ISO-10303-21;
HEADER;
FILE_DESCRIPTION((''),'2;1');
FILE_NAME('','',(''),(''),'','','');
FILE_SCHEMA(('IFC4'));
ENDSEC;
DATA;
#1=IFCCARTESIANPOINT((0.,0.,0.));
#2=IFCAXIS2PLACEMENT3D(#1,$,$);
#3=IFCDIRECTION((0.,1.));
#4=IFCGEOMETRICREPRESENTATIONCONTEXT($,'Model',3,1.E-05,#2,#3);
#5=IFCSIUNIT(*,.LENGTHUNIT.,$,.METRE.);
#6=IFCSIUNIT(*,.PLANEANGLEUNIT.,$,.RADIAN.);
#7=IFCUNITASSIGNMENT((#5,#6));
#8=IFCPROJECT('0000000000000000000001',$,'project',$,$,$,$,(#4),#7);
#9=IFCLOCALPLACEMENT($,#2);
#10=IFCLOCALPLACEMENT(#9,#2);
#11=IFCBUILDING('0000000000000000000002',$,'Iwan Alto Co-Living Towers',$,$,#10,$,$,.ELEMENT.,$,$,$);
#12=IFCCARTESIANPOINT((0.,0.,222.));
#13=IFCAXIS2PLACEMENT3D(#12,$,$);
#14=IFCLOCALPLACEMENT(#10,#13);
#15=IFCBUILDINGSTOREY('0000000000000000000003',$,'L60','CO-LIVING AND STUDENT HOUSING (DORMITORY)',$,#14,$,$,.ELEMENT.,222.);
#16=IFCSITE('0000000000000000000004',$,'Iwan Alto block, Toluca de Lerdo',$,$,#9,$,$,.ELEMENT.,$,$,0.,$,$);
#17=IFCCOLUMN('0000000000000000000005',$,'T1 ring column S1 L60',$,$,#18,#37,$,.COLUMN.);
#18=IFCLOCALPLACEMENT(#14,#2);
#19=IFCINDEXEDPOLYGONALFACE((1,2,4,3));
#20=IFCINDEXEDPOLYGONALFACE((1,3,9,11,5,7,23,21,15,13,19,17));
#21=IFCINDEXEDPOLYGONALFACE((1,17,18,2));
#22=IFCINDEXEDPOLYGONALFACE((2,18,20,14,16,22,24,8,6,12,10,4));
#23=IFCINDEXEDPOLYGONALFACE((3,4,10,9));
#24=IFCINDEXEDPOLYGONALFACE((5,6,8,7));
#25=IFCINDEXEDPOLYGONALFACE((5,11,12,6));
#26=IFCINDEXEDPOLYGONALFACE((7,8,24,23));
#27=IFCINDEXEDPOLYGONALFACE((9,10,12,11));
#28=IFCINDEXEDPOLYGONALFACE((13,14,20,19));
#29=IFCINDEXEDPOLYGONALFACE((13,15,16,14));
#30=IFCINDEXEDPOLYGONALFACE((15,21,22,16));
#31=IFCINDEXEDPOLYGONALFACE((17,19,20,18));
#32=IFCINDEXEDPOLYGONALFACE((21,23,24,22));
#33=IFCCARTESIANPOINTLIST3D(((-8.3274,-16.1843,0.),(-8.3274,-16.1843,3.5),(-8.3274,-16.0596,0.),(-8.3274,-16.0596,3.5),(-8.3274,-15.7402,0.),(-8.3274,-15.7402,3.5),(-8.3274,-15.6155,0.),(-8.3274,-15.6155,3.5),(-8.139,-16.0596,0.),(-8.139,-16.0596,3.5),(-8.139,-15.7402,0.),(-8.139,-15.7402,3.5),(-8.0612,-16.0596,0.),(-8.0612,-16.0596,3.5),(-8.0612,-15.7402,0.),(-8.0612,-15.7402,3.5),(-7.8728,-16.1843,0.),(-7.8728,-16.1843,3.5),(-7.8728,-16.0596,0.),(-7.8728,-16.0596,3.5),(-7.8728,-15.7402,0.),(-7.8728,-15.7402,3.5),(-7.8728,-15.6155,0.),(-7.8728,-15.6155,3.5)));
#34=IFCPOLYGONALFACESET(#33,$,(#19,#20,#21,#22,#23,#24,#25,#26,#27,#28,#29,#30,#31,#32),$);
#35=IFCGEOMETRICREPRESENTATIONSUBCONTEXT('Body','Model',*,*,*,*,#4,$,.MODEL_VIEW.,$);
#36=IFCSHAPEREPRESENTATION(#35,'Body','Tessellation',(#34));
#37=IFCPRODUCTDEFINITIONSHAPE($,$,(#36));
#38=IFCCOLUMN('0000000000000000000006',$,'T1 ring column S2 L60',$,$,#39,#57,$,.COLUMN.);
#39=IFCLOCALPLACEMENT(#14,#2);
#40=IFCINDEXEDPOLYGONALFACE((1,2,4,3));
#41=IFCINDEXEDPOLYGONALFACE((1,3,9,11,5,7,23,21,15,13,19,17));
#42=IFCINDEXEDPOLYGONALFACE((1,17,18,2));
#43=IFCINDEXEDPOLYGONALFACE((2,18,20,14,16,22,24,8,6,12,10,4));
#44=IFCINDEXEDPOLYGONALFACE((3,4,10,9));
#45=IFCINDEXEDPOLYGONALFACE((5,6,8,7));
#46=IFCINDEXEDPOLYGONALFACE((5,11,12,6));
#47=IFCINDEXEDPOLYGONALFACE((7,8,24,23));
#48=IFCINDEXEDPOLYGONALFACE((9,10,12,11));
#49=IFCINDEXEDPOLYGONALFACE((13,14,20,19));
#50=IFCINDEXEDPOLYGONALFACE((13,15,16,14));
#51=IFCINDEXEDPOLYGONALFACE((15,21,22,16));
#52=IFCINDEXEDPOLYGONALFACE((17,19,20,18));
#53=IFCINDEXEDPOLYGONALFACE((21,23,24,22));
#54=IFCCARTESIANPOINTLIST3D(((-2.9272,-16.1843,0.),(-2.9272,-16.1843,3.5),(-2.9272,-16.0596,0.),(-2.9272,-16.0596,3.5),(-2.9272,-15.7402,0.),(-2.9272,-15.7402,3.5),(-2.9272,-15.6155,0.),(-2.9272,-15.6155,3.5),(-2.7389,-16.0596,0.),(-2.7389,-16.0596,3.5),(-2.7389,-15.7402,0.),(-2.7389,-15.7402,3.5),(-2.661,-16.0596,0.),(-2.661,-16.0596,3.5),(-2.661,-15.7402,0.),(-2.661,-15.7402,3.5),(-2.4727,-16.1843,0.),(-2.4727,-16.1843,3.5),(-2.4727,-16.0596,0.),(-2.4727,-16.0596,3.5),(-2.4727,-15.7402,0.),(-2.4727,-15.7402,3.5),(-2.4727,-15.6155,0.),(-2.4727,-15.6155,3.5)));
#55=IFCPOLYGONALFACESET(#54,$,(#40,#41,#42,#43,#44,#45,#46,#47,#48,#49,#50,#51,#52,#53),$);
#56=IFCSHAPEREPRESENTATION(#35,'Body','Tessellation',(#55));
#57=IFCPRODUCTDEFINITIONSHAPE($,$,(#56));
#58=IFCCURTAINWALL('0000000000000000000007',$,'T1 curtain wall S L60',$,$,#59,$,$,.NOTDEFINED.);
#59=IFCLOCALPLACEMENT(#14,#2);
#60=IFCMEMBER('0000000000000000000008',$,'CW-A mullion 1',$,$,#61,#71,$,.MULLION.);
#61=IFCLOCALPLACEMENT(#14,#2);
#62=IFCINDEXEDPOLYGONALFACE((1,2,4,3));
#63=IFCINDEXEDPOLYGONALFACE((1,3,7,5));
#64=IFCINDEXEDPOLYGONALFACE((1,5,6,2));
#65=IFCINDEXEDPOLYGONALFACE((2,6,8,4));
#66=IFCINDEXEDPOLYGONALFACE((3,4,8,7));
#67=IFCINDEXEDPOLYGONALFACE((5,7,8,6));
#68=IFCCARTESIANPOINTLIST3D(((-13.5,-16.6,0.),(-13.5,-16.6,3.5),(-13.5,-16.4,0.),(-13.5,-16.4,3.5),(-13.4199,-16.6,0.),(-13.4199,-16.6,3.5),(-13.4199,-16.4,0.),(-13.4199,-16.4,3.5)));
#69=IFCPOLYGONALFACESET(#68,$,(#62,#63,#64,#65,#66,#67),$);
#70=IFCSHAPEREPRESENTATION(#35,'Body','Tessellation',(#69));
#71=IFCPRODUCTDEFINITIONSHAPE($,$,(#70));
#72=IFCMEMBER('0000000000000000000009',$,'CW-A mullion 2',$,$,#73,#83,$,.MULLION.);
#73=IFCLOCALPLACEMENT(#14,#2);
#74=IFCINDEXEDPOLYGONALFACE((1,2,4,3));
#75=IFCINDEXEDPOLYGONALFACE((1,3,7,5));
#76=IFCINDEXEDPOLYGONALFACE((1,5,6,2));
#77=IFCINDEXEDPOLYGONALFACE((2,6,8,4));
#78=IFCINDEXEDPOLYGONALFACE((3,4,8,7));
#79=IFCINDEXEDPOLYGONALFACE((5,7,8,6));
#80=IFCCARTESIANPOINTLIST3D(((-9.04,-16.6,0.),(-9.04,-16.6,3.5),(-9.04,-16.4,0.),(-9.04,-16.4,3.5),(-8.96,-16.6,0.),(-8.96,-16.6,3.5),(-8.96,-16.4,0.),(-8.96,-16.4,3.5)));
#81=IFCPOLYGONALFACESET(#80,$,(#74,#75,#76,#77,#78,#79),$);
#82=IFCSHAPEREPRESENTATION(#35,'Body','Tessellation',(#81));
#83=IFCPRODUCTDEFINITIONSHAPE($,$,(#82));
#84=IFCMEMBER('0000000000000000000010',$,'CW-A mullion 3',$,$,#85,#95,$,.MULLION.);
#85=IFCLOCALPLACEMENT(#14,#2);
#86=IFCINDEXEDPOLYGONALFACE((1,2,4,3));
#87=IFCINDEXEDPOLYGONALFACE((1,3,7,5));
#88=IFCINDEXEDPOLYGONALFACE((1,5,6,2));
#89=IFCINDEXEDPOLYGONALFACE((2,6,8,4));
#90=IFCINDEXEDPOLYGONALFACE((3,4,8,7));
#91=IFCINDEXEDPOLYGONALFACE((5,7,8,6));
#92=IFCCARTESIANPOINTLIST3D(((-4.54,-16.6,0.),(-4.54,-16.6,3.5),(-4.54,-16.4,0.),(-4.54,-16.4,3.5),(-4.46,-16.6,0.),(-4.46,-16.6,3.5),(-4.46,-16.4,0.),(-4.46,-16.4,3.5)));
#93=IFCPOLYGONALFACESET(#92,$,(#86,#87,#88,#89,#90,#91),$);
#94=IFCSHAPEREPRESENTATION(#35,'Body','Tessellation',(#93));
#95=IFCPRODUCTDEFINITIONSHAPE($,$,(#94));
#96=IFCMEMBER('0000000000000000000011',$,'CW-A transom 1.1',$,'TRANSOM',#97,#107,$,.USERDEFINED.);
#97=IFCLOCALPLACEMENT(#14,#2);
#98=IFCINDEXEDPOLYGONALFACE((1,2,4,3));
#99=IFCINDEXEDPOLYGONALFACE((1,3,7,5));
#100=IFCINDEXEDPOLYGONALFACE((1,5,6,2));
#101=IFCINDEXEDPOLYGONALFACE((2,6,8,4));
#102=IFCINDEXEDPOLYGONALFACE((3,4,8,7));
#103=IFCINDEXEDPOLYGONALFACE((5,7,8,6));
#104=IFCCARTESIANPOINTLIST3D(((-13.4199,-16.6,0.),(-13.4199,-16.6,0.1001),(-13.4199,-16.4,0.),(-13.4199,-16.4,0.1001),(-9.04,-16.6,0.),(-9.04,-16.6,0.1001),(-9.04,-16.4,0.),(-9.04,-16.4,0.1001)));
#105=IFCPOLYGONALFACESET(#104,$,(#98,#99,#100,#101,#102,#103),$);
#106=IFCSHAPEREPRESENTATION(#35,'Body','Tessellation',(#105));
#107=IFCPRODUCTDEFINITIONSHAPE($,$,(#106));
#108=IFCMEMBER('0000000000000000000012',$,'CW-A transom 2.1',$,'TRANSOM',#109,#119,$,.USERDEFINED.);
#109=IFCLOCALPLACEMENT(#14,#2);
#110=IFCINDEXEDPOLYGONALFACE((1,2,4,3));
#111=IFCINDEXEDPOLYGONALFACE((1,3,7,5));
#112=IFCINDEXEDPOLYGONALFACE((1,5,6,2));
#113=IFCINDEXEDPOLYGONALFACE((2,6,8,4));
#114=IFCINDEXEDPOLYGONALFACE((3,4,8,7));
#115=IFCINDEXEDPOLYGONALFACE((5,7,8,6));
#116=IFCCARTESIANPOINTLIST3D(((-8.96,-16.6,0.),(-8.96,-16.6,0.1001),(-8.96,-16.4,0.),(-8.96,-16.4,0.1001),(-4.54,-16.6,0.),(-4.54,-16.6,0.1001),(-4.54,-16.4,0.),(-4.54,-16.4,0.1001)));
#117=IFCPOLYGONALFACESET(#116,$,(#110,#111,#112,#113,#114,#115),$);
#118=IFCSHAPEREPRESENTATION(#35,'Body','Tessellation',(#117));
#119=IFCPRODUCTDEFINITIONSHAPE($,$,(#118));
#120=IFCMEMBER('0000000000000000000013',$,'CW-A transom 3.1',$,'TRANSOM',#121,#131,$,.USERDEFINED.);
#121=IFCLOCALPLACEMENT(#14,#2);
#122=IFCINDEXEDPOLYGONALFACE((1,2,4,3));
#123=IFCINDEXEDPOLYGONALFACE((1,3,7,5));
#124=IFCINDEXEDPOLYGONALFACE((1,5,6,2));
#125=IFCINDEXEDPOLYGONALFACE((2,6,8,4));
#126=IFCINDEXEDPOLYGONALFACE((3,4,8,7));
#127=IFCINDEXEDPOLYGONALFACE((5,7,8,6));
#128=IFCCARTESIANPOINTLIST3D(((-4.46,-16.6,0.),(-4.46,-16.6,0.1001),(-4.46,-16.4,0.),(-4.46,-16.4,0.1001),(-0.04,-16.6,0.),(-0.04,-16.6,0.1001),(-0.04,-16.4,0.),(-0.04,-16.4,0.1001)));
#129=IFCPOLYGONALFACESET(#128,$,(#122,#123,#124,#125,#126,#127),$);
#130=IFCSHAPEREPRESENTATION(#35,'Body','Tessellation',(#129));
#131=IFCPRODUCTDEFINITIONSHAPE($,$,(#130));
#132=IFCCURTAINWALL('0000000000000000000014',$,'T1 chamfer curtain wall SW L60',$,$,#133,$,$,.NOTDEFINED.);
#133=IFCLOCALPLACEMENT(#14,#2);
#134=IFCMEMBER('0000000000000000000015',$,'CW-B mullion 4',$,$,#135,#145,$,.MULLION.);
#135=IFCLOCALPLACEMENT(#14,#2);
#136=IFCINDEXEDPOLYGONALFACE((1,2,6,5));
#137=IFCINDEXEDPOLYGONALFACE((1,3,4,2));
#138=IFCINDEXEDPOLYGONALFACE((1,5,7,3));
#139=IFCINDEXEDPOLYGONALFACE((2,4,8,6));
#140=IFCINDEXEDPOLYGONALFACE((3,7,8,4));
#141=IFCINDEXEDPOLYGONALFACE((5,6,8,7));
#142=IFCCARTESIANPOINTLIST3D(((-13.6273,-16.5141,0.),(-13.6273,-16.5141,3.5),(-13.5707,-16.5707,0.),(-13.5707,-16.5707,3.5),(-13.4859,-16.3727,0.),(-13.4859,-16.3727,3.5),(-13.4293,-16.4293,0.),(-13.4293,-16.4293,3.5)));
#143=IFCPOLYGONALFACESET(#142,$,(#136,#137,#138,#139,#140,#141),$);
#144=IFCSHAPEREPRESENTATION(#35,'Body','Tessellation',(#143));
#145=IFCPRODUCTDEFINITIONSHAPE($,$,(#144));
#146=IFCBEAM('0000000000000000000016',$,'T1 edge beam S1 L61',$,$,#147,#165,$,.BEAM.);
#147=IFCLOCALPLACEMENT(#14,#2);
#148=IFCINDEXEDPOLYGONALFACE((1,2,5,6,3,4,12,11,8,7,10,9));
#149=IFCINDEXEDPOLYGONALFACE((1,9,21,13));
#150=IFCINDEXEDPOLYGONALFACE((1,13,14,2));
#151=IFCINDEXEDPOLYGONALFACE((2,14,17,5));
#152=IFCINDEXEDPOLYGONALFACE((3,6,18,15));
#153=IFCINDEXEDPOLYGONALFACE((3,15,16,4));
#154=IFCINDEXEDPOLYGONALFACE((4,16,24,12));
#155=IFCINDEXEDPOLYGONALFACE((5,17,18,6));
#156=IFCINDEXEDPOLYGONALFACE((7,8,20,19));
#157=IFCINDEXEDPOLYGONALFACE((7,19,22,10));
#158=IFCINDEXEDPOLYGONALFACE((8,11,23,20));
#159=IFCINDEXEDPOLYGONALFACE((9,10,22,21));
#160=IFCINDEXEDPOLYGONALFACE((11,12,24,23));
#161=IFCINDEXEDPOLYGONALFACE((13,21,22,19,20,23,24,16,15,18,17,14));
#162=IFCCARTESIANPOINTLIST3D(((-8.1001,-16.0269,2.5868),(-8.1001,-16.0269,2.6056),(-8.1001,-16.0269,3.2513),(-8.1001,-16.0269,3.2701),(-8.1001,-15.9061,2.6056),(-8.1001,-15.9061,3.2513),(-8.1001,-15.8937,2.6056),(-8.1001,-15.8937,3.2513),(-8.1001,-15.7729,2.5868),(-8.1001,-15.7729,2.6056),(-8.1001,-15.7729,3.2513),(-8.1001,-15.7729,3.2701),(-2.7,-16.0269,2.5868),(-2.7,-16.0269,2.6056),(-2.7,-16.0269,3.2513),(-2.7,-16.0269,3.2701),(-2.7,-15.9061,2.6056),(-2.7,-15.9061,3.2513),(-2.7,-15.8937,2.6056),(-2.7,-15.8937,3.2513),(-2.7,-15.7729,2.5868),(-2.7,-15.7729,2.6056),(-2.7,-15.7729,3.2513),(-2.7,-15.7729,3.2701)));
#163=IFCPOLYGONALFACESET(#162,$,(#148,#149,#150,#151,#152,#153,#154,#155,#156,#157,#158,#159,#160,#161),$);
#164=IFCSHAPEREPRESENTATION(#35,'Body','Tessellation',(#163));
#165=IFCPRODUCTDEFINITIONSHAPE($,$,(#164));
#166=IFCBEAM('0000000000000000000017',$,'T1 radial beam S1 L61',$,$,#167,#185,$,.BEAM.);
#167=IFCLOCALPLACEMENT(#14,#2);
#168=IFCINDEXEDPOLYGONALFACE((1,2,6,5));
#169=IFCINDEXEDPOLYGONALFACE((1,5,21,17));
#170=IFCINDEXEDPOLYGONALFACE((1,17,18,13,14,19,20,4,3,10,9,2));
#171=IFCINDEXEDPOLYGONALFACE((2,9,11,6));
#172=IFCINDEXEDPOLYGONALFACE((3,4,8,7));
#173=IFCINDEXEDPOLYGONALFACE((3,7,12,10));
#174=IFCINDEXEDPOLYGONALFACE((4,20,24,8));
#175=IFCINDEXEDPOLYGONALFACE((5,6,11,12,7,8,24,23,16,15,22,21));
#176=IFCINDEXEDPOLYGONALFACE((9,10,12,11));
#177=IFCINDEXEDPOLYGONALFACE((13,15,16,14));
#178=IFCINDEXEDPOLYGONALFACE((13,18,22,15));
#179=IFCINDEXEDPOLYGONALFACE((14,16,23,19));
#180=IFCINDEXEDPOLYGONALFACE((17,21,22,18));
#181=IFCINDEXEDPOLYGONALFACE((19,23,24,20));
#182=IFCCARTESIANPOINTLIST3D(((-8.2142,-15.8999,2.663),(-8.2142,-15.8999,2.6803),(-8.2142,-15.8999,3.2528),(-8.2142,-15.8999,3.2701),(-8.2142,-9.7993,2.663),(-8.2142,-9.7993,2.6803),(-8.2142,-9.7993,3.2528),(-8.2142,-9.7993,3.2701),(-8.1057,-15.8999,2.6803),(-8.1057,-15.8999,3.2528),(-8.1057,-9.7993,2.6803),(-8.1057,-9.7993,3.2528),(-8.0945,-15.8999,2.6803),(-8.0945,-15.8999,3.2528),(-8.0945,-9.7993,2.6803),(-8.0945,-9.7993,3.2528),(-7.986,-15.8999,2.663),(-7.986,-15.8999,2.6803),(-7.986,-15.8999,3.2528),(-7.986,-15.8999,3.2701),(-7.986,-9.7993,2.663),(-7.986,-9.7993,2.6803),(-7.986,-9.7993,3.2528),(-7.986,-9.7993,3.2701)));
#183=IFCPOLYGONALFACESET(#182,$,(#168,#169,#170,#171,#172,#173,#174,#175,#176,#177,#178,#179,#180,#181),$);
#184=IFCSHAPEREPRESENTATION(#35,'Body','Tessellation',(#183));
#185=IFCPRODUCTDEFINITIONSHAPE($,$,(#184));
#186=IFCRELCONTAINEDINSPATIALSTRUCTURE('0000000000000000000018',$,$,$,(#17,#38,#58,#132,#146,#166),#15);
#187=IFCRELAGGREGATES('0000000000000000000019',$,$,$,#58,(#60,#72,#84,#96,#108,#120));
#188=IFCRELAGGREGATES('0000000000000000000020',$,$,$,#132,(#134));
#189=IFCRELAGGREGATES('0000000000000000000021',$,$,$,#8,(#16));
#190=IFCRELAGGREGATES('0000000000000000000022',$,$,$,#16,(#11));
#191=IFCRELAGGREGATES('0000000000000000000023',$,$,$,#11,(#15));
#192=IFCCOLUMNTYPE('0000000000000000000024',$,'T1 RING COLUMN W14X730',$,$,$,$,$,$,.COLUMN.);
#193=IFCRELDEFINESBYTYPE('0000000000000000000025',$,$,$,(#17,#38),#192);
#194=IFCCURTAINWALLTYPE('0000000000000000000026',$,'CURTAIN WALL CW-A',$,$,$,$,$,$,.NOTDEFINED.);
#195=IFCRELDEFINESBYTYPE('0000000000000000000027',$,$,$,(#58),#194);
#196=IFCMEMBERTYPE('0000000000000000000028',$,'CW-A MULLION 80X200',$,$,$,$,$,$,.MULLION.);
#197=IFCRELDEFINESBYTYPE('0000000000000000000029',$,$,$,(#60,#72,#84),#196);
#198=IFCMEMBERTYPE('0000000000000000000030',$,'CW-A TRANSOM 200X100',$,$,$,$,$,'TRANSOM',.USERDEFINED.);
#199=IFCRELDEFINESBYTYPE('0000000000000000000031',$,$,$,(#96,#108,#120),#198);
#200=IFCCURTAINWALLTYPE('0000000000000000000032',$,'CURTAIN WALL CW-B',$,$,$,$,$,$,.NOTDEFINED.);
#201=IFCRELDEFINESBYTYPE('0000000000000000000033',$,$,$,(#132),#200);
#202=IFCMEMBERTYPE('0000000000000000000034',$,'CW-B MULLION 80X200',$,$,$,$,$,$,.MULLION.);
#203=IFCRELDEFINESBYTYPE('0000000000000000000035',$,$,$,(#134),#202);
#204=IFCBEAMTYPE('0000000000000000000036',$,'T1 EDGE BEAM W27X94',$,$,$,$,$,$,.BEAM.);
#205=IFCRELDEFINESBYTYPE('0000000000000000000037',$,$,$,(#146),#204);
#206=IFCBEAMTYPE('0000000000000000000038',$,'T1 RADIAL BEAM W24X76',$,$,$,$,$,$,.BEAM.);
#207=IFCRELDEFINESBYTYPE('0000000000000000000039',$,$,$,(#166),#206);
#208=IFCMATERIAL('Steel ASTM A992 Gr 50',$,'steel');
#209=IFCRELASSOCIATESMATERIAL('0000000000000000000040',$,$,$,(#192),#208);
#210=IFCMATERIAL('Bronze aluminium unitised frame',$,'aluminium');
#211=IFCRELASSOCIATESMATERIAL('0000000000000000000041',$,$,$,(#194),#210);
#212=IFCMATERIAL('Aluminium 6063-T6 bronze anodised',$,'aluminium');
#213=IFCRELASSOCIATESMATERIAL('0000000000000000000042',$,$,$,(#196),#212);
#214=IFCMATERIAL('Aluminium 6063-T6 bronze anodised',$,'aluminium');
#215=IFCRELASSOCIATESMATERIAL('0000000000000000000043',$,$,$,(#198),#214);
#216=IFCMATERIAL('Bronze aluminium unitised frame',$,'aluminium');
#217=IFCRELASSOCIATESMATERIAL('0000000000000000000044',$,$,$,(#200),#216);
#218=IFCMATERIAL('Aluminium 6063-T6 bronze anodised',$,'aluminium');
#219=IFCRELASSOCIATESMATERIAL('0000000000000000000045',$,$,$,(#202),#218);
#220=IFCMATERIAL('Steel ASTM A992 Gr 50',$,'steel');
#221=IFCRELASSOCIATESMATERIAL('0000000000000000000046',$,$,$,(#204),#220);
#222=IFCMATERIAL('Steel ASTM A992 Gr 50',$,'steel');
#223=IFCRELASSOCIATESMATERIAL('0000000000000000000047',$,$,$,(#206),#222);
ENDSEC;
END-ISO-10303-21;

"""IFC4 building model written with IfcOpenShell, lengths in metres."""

from ifc_helpers import new_model, si_unit, direction, frame, origin, origin_2d, place, context, subcontext, project, spatial, rectangle, i_section, extrude, material, material_profile, profile_set, type_object, element, aggregate, save


model = new_model("IFC4")

# Units and contexts
model_context = context("Model", 3, precision=1e-05, world=origin(), true_north=direction((0.0, 1.0)))
body_context = subcontext(model_context, "Body", "Model", "MODEL_VIEW")
ifc_project = project(units=[si_unit("LENGTHUNIT", "METRE"), si_unit("PLANEANGLEUNIT", "RADIAN")], contexts=[model_context])

# Site, building, storey
site_placement = place(None, origin())
site = spatial("IfcSite", under=ifc_project, at=site_placement, Name="Iwan Alto block, Toluca de Lerdo", CompositionType="ELEMENT", RefElevation=0.0)
building_placement = place(site_placement, origin())
building = spatial("IfcBuilding", under=site, at=building_placement, Name="Iwan Alto Co-Living Towers", CompositionType="ELEMENT")
storey_placement = place(building_placement, frame((0.0, 0.0, 222.0)))
storey = spatial("IfcBuildingStorey", under=building, at=storey_placement, Name="L60", Description="CO-LIVING AND STUDENT HOUSING (DORMITORY)", CompositionType="ELEMENT", Elevation=222.0)

# Columns
ifc_material_1 = material(Name="Steel ASTM A992 Gr 50", Category="steel")
ifc_material_profile_1 = material_profile(ifc_material_1, i_section(OverallWidth=0.4546, OverallDepth=0.5688, WebThickness=0.0779, FlangeThickness=0.1248, at=origin_2d()), Name="W14X730")
ifc_profile_set_1 = profile_set([ifc_material_profile_1], Name="Steel ASTM A992 Gr 50")
column_type = type_object("IfcColumnType", Name="T1 RING COLUMN W14X730", PredefinedType="COLUMN", material=ifc_profile_set_1)
for number, where, z_axis, x_axis, name in (
    (1, (-8.1001, -15.8999, 0.0), (0.0, 0.0, 1.0), (1.0, 0.0, 0.0), "T1 ring column S1 L60"),
    (2, (-2.7, -15.8999, 0.0), (0.0, 0.0, 1.0), (1.0, 0.0, 0.0), "T1 ring column S2 L60"),
):
    element("IfcColumn", number, at=place(storey_placement, frame(where, z_axis=z_axis, x_axis=x_axis)), inside=storey, type_object=column_type, Name=name, PredefinedType="COLUMN", context=body_context, shape_type="SweptSolid", body=[
        extrude(i_section(OverallWidth=0.4546, OverallDepth=0.5688, WebThickness=0.0779, FlangeThickness=0.1248, at=origin_2d()), origin(), (0.0, 0.0, 1.0), 3.5),
    ])

# Curtain wall, members
ifc_material_2 = material(Name="Bronze aluminium unitised frame", Category="aluminium")
curtain_wall_type_1 = type_object("IfcCurtainWallType", Name="CURTAIN WALL CW-A", PredefinedType="NOTDEFINED", material=ifc_material_2)
curtain_wall_1_placement = place(storey_placement, origin())
curtain_wall_1 = element("IfcCurtainWall", 3, at=curtain_wall_1_placement, inside=storey, type_object=curtain_wall_type_1, Name="T1 curtain wall S L60", PredefinedType="NOTDEFINED")
ifc_material_3 = material(Name="Aluminium 6063-T6 bronze anodised", Category="aluminium")
ifc_material_profile_2 = material_profile(ifc_material_3, rectangle(XDim=0.2, YDim=0.0801, at=origin_2d()), Name="AL 80X200")
ifc_profile_set_2 = profile_set([ifc_material_profile_2], Name="Aluminium 6063-T6 bronze anodised")
member_type_1 = type_object("IfcMemberType", Name="CW-A MULLION 80X200", PredefinedType="MULLION", material=ifc_profile_set_2)
member_1_placement = place(storey_placement, frame((-13.46, -16.5, 0.0), z_axis=(0.0, 0.0, 1.0), x_axis=(0.0, 1.0, 0.0)))
member_1 = element("IfcMember", 4, at=member_1_placement, type_object=member_type_1, Name="CW-A mullion 1", PredefinedType="MULLION", context=body_context, shape_type="SweptSolid", body=[
    extrude(rectangle(XDim=0.2, YDim=0.0801, at=origin_2d()), origin(), (0.0, 0.0, 1.0), 3.5),
])
member_2_placement = place(storey_placement, frame((-9.0, -16.5, 0.0), z_axis=(0.0, 0.0, 1.0), x_axis=(0.0, 1.0, 0.0)))
member_2 = element("IfcMember", 5, at=member_2_placement, type_object=member_type_1, Name="CW-A mullion 2", PredefinedType="MULLION", context=body_context, shape_type="SweptSolid", body=[
    extrude(rectangle(XDim=0.2, YDim=0.0801, at=origin_2d()), origin(), (0.0, 0.0, 1.0), 3.5),
])
member_3_placement = place(storey_placement, frame((-4.5, -16.5, 0.0), z_axis=(0.0, 0.0, 1.0), x_axis=(0.0, 1.0, 0.0)))
member_3 = element("IfcMember", 6, at=member_3_placement, type_object=member_type_1, Name="CW-A mullion 3", PredefinedType="MULLION", context=body_context, shape_type="SweptSolid", body=[
    extrude(rectangle(XDim=0.2, YDim=0.0801, at=origin_2d()), origin(), (0.0, 0.0, 1.0), 3.5),
])
ifc_material_4 = material(Name="Aluminium 6063-T6 bronze anodised", Category="aluminium")
ifc_material_profile_3 = material_profile(ifc_material_4, rectangle(XDim=0.2, YDim=0.1001, at=origin_2d()), Name="AL 200X100")
ifc_profile_set_3 = profile_set([ifc_material_profile_3], Name="Aluminium 6063-T6 bronze anodised")
member_type_2 = type_object("IfcMemberType", Name="CW-A TRANSOM 200X100", ElementType="TRANSOM", PredefinedType="USERDEFINED", material=ifc_profile_set_3)
member_4_placement = place(storey_placement, frame((-13.4199, -16.5, 0.05), z_axis=(1.0, 0.0, 0.0), x_axis=(0.0, 1.0, 0.0)))
member_4 = element("IfcMember", 7, at=member_4_placement, type_object=member_type_2, Name="CW-A transom 1.1", ObjectType="TRANSOM", PredefinedType="USERDEFINED", context=body_context, shape_type="SweptSolid", body=[
    extrude(rectangle(XDim=0.2, YDim=0.1001, at=origin_2d()), origin(), (0.0, 0.0, 1.0), 4.3799),
])
member_5_placement = place(storey_placement, frame((-8.96, -16.5, 0.05), z_axis=(1.0, 0.0, 0.0), x_axis=(0.0, 1.0, 0.0)))
member_5 = element("IfcMember", 8, at=member_5_placement, type_object=member_type_2, Name="CW-A transom 2.1", ObjectType="TRANSOM", PredefinedType="USERDEFINED", context=body_context, shape_type="SweptSolid", body=[
    extrude(rectangle(XDim=0.2, YDim=0.1001, at=origin_2d()), origin(), (0.0, 0.0, 1.0), 4.4199),
])
member_6_placement = place(storey_placement, frame((-4.46, -16.5, 0.05), z_axis=(1.0, 0.0, 0.0), x_axis=(0.0, 1.0, 0.0)))
member_6 = element("IfcMember", 9, at=member_6_placement, type_object=member_type_2, Name="CW-A transom 3.1", ObjectType="TRANSOM", PredefinedType="USERDEFINED", context=body_context, shape_type="SweptSolid", body=[
    extrude(rectangle(XDim=0.2, YDim=0.1001, at=origin_2d()), origin(), (0.0, 0.0, 1.0), 4.4199),
])

# Curtain wall, member
ifc_material_5 = material(Name="Bronze aluminium unitised frame", Category="aluminium")
curtain_wall_type_2 = type_object("IfcCurtainWallType", Name="CURTAIN WALL CW-B", PredefinedType="NOTDEFINED", material=ifc_material_5)
curtain_wall_2_placement = place(storey_placement, origin())
curtain_wall_2 = element("IfcCurtainWall", 10, at=curtain_wall_2_placement, inside=storey, type_object=curtain_wall_type_2, Name="T1 chamfer curtain wall SW L60", PredefinedType="NOTDEFINED")
ifc_material_6 = material(Name="Aluminium 6063-T6 bronze anodised", Category="aluminium")
ifc_material_profile_4 = material_profile(ifc_material_6, rectangle(XDim=0.2, YDim=0.0801, at=origin_2d()), Name="AL 80X200")
ifc_profile_set_4 = profile_set([ifc_material_profile_4], Name="Aluminium 6063-T6 bronze anodised")
member_type_3 = type_object("IfcMemberType", Name="CW-B MULLION 80X200", PredefinedType="MULLION", material=ifc_profile_set_4)
member_7_placement = place(storey_placement, frame((-13.5283, -16.4717, 0.0), z_axis=(0.0, 0.0, 1.0), x_axis=(0.707107, 0.707107, 0.0)))
member_7 = element("IfcMember", 11, at=member_7_placement, type_object=member_type_3, Name="CW-B mullion 4", PredefinedType="MULLION", context=body_context, shape_type="SweptSolid", body=[
    extrude(rectangle(XDim=0.2, YDim=0.0801, at=origin_2d()), origin(), (0.0, 0.0, 1.0), 3.5),
])

# Beams
ifc_material_7 = material(Name="Steel ASTM A992 Gr 50", Category="steel")
ifc_material_profile_5 = material_profile(ifc_material_7, i_section(OverallWidth=0.2539, OverallDepth=0.6833, WebThickness=0.0125, FlangeThickness=0.0188, at=origin_2d()), Name="W27X94")
ifc_profile_set_5 = profile_set([ifc_material_profile_5], Name="Steel ASTM A992 Gr 50")
beam_type_1 = type_object("IfcBeamType", Name="T1 EDGE BEAM W27X94", PredefinedType="BEAM", material=ifc_profile_set_5)
beam_1_placement = place(storey_placement, frame((-8.1001, -15.8999, 2.9285), z_axis=(1.0, 0.0, 0.0), x_axis=(0.0, 1.0, 0.0)))
element("IfcBeam", 12, at=beam_1_placement, inside=storey, type_object=beam_type_1, Name="T1 edge beam S1 L61", PredefinedType="BEAM", context=body_context, shape_type="SweptSolid", body=[
    extrude(i_section(OverallWidth=0.2539, OverallDepth=0.6833, WebThickness=0.0125, FlangeThickness=0.0188, at=origin_2d()), origin(), (0.0, 0.0, 1.0), 5.4001),
])
ifc_material_8 = material(Name="Steel ASTM A992 Gr 50", Category="steel")
ifc_material_profile_6 = material_profile(ifc_material_8, i_section(OverallWidth=0.2283, OverallDepth=0.6072, WebThickness=0.0112, FlangeThickness=0.0173, at=origin_2d()), Name="W24X76")
ifc_profile_set_6 = profile_set([ifc_material_profile_6], Name="Steel ASTM A992 Gr 50")
beam_type_2 = type_object("IfcBeamType", Name="T1 RADIAL BEAM W24X76", PredefinedType="BEAM", material=ifc_profile_set_6)
beam_2_placement = place(storey_placement, frame((-8.1001, -15.8999, 2.9666), z_axis=(0.0, 1.0, 0.0), x_axis=(-1.0, 0.0, 0.0)))
element("IfcBeam", 13, at=beam_2_placement, inside=storey, type_object=beam_type_2, Name="T1 radial beam S1 L61", PredefinedType="BEAM", context=body_context, shape_type="SweptSolid", body=[
    extrude(i_section(OverallWidth=0.2283, OverallDepth=0.6072, WebThickness=0.0112, FlangeThickness=0.0173, at=origin_2d()), origin(), (0.0, 0.0, 1.0), 6.1006),
])

aggregate(curtain_wall_1, [member_1, member_2, member_3, member_4, member_5, member_6])
aggregate(curtain_wall_2, [member_7])

save(model, "model.ifc")
